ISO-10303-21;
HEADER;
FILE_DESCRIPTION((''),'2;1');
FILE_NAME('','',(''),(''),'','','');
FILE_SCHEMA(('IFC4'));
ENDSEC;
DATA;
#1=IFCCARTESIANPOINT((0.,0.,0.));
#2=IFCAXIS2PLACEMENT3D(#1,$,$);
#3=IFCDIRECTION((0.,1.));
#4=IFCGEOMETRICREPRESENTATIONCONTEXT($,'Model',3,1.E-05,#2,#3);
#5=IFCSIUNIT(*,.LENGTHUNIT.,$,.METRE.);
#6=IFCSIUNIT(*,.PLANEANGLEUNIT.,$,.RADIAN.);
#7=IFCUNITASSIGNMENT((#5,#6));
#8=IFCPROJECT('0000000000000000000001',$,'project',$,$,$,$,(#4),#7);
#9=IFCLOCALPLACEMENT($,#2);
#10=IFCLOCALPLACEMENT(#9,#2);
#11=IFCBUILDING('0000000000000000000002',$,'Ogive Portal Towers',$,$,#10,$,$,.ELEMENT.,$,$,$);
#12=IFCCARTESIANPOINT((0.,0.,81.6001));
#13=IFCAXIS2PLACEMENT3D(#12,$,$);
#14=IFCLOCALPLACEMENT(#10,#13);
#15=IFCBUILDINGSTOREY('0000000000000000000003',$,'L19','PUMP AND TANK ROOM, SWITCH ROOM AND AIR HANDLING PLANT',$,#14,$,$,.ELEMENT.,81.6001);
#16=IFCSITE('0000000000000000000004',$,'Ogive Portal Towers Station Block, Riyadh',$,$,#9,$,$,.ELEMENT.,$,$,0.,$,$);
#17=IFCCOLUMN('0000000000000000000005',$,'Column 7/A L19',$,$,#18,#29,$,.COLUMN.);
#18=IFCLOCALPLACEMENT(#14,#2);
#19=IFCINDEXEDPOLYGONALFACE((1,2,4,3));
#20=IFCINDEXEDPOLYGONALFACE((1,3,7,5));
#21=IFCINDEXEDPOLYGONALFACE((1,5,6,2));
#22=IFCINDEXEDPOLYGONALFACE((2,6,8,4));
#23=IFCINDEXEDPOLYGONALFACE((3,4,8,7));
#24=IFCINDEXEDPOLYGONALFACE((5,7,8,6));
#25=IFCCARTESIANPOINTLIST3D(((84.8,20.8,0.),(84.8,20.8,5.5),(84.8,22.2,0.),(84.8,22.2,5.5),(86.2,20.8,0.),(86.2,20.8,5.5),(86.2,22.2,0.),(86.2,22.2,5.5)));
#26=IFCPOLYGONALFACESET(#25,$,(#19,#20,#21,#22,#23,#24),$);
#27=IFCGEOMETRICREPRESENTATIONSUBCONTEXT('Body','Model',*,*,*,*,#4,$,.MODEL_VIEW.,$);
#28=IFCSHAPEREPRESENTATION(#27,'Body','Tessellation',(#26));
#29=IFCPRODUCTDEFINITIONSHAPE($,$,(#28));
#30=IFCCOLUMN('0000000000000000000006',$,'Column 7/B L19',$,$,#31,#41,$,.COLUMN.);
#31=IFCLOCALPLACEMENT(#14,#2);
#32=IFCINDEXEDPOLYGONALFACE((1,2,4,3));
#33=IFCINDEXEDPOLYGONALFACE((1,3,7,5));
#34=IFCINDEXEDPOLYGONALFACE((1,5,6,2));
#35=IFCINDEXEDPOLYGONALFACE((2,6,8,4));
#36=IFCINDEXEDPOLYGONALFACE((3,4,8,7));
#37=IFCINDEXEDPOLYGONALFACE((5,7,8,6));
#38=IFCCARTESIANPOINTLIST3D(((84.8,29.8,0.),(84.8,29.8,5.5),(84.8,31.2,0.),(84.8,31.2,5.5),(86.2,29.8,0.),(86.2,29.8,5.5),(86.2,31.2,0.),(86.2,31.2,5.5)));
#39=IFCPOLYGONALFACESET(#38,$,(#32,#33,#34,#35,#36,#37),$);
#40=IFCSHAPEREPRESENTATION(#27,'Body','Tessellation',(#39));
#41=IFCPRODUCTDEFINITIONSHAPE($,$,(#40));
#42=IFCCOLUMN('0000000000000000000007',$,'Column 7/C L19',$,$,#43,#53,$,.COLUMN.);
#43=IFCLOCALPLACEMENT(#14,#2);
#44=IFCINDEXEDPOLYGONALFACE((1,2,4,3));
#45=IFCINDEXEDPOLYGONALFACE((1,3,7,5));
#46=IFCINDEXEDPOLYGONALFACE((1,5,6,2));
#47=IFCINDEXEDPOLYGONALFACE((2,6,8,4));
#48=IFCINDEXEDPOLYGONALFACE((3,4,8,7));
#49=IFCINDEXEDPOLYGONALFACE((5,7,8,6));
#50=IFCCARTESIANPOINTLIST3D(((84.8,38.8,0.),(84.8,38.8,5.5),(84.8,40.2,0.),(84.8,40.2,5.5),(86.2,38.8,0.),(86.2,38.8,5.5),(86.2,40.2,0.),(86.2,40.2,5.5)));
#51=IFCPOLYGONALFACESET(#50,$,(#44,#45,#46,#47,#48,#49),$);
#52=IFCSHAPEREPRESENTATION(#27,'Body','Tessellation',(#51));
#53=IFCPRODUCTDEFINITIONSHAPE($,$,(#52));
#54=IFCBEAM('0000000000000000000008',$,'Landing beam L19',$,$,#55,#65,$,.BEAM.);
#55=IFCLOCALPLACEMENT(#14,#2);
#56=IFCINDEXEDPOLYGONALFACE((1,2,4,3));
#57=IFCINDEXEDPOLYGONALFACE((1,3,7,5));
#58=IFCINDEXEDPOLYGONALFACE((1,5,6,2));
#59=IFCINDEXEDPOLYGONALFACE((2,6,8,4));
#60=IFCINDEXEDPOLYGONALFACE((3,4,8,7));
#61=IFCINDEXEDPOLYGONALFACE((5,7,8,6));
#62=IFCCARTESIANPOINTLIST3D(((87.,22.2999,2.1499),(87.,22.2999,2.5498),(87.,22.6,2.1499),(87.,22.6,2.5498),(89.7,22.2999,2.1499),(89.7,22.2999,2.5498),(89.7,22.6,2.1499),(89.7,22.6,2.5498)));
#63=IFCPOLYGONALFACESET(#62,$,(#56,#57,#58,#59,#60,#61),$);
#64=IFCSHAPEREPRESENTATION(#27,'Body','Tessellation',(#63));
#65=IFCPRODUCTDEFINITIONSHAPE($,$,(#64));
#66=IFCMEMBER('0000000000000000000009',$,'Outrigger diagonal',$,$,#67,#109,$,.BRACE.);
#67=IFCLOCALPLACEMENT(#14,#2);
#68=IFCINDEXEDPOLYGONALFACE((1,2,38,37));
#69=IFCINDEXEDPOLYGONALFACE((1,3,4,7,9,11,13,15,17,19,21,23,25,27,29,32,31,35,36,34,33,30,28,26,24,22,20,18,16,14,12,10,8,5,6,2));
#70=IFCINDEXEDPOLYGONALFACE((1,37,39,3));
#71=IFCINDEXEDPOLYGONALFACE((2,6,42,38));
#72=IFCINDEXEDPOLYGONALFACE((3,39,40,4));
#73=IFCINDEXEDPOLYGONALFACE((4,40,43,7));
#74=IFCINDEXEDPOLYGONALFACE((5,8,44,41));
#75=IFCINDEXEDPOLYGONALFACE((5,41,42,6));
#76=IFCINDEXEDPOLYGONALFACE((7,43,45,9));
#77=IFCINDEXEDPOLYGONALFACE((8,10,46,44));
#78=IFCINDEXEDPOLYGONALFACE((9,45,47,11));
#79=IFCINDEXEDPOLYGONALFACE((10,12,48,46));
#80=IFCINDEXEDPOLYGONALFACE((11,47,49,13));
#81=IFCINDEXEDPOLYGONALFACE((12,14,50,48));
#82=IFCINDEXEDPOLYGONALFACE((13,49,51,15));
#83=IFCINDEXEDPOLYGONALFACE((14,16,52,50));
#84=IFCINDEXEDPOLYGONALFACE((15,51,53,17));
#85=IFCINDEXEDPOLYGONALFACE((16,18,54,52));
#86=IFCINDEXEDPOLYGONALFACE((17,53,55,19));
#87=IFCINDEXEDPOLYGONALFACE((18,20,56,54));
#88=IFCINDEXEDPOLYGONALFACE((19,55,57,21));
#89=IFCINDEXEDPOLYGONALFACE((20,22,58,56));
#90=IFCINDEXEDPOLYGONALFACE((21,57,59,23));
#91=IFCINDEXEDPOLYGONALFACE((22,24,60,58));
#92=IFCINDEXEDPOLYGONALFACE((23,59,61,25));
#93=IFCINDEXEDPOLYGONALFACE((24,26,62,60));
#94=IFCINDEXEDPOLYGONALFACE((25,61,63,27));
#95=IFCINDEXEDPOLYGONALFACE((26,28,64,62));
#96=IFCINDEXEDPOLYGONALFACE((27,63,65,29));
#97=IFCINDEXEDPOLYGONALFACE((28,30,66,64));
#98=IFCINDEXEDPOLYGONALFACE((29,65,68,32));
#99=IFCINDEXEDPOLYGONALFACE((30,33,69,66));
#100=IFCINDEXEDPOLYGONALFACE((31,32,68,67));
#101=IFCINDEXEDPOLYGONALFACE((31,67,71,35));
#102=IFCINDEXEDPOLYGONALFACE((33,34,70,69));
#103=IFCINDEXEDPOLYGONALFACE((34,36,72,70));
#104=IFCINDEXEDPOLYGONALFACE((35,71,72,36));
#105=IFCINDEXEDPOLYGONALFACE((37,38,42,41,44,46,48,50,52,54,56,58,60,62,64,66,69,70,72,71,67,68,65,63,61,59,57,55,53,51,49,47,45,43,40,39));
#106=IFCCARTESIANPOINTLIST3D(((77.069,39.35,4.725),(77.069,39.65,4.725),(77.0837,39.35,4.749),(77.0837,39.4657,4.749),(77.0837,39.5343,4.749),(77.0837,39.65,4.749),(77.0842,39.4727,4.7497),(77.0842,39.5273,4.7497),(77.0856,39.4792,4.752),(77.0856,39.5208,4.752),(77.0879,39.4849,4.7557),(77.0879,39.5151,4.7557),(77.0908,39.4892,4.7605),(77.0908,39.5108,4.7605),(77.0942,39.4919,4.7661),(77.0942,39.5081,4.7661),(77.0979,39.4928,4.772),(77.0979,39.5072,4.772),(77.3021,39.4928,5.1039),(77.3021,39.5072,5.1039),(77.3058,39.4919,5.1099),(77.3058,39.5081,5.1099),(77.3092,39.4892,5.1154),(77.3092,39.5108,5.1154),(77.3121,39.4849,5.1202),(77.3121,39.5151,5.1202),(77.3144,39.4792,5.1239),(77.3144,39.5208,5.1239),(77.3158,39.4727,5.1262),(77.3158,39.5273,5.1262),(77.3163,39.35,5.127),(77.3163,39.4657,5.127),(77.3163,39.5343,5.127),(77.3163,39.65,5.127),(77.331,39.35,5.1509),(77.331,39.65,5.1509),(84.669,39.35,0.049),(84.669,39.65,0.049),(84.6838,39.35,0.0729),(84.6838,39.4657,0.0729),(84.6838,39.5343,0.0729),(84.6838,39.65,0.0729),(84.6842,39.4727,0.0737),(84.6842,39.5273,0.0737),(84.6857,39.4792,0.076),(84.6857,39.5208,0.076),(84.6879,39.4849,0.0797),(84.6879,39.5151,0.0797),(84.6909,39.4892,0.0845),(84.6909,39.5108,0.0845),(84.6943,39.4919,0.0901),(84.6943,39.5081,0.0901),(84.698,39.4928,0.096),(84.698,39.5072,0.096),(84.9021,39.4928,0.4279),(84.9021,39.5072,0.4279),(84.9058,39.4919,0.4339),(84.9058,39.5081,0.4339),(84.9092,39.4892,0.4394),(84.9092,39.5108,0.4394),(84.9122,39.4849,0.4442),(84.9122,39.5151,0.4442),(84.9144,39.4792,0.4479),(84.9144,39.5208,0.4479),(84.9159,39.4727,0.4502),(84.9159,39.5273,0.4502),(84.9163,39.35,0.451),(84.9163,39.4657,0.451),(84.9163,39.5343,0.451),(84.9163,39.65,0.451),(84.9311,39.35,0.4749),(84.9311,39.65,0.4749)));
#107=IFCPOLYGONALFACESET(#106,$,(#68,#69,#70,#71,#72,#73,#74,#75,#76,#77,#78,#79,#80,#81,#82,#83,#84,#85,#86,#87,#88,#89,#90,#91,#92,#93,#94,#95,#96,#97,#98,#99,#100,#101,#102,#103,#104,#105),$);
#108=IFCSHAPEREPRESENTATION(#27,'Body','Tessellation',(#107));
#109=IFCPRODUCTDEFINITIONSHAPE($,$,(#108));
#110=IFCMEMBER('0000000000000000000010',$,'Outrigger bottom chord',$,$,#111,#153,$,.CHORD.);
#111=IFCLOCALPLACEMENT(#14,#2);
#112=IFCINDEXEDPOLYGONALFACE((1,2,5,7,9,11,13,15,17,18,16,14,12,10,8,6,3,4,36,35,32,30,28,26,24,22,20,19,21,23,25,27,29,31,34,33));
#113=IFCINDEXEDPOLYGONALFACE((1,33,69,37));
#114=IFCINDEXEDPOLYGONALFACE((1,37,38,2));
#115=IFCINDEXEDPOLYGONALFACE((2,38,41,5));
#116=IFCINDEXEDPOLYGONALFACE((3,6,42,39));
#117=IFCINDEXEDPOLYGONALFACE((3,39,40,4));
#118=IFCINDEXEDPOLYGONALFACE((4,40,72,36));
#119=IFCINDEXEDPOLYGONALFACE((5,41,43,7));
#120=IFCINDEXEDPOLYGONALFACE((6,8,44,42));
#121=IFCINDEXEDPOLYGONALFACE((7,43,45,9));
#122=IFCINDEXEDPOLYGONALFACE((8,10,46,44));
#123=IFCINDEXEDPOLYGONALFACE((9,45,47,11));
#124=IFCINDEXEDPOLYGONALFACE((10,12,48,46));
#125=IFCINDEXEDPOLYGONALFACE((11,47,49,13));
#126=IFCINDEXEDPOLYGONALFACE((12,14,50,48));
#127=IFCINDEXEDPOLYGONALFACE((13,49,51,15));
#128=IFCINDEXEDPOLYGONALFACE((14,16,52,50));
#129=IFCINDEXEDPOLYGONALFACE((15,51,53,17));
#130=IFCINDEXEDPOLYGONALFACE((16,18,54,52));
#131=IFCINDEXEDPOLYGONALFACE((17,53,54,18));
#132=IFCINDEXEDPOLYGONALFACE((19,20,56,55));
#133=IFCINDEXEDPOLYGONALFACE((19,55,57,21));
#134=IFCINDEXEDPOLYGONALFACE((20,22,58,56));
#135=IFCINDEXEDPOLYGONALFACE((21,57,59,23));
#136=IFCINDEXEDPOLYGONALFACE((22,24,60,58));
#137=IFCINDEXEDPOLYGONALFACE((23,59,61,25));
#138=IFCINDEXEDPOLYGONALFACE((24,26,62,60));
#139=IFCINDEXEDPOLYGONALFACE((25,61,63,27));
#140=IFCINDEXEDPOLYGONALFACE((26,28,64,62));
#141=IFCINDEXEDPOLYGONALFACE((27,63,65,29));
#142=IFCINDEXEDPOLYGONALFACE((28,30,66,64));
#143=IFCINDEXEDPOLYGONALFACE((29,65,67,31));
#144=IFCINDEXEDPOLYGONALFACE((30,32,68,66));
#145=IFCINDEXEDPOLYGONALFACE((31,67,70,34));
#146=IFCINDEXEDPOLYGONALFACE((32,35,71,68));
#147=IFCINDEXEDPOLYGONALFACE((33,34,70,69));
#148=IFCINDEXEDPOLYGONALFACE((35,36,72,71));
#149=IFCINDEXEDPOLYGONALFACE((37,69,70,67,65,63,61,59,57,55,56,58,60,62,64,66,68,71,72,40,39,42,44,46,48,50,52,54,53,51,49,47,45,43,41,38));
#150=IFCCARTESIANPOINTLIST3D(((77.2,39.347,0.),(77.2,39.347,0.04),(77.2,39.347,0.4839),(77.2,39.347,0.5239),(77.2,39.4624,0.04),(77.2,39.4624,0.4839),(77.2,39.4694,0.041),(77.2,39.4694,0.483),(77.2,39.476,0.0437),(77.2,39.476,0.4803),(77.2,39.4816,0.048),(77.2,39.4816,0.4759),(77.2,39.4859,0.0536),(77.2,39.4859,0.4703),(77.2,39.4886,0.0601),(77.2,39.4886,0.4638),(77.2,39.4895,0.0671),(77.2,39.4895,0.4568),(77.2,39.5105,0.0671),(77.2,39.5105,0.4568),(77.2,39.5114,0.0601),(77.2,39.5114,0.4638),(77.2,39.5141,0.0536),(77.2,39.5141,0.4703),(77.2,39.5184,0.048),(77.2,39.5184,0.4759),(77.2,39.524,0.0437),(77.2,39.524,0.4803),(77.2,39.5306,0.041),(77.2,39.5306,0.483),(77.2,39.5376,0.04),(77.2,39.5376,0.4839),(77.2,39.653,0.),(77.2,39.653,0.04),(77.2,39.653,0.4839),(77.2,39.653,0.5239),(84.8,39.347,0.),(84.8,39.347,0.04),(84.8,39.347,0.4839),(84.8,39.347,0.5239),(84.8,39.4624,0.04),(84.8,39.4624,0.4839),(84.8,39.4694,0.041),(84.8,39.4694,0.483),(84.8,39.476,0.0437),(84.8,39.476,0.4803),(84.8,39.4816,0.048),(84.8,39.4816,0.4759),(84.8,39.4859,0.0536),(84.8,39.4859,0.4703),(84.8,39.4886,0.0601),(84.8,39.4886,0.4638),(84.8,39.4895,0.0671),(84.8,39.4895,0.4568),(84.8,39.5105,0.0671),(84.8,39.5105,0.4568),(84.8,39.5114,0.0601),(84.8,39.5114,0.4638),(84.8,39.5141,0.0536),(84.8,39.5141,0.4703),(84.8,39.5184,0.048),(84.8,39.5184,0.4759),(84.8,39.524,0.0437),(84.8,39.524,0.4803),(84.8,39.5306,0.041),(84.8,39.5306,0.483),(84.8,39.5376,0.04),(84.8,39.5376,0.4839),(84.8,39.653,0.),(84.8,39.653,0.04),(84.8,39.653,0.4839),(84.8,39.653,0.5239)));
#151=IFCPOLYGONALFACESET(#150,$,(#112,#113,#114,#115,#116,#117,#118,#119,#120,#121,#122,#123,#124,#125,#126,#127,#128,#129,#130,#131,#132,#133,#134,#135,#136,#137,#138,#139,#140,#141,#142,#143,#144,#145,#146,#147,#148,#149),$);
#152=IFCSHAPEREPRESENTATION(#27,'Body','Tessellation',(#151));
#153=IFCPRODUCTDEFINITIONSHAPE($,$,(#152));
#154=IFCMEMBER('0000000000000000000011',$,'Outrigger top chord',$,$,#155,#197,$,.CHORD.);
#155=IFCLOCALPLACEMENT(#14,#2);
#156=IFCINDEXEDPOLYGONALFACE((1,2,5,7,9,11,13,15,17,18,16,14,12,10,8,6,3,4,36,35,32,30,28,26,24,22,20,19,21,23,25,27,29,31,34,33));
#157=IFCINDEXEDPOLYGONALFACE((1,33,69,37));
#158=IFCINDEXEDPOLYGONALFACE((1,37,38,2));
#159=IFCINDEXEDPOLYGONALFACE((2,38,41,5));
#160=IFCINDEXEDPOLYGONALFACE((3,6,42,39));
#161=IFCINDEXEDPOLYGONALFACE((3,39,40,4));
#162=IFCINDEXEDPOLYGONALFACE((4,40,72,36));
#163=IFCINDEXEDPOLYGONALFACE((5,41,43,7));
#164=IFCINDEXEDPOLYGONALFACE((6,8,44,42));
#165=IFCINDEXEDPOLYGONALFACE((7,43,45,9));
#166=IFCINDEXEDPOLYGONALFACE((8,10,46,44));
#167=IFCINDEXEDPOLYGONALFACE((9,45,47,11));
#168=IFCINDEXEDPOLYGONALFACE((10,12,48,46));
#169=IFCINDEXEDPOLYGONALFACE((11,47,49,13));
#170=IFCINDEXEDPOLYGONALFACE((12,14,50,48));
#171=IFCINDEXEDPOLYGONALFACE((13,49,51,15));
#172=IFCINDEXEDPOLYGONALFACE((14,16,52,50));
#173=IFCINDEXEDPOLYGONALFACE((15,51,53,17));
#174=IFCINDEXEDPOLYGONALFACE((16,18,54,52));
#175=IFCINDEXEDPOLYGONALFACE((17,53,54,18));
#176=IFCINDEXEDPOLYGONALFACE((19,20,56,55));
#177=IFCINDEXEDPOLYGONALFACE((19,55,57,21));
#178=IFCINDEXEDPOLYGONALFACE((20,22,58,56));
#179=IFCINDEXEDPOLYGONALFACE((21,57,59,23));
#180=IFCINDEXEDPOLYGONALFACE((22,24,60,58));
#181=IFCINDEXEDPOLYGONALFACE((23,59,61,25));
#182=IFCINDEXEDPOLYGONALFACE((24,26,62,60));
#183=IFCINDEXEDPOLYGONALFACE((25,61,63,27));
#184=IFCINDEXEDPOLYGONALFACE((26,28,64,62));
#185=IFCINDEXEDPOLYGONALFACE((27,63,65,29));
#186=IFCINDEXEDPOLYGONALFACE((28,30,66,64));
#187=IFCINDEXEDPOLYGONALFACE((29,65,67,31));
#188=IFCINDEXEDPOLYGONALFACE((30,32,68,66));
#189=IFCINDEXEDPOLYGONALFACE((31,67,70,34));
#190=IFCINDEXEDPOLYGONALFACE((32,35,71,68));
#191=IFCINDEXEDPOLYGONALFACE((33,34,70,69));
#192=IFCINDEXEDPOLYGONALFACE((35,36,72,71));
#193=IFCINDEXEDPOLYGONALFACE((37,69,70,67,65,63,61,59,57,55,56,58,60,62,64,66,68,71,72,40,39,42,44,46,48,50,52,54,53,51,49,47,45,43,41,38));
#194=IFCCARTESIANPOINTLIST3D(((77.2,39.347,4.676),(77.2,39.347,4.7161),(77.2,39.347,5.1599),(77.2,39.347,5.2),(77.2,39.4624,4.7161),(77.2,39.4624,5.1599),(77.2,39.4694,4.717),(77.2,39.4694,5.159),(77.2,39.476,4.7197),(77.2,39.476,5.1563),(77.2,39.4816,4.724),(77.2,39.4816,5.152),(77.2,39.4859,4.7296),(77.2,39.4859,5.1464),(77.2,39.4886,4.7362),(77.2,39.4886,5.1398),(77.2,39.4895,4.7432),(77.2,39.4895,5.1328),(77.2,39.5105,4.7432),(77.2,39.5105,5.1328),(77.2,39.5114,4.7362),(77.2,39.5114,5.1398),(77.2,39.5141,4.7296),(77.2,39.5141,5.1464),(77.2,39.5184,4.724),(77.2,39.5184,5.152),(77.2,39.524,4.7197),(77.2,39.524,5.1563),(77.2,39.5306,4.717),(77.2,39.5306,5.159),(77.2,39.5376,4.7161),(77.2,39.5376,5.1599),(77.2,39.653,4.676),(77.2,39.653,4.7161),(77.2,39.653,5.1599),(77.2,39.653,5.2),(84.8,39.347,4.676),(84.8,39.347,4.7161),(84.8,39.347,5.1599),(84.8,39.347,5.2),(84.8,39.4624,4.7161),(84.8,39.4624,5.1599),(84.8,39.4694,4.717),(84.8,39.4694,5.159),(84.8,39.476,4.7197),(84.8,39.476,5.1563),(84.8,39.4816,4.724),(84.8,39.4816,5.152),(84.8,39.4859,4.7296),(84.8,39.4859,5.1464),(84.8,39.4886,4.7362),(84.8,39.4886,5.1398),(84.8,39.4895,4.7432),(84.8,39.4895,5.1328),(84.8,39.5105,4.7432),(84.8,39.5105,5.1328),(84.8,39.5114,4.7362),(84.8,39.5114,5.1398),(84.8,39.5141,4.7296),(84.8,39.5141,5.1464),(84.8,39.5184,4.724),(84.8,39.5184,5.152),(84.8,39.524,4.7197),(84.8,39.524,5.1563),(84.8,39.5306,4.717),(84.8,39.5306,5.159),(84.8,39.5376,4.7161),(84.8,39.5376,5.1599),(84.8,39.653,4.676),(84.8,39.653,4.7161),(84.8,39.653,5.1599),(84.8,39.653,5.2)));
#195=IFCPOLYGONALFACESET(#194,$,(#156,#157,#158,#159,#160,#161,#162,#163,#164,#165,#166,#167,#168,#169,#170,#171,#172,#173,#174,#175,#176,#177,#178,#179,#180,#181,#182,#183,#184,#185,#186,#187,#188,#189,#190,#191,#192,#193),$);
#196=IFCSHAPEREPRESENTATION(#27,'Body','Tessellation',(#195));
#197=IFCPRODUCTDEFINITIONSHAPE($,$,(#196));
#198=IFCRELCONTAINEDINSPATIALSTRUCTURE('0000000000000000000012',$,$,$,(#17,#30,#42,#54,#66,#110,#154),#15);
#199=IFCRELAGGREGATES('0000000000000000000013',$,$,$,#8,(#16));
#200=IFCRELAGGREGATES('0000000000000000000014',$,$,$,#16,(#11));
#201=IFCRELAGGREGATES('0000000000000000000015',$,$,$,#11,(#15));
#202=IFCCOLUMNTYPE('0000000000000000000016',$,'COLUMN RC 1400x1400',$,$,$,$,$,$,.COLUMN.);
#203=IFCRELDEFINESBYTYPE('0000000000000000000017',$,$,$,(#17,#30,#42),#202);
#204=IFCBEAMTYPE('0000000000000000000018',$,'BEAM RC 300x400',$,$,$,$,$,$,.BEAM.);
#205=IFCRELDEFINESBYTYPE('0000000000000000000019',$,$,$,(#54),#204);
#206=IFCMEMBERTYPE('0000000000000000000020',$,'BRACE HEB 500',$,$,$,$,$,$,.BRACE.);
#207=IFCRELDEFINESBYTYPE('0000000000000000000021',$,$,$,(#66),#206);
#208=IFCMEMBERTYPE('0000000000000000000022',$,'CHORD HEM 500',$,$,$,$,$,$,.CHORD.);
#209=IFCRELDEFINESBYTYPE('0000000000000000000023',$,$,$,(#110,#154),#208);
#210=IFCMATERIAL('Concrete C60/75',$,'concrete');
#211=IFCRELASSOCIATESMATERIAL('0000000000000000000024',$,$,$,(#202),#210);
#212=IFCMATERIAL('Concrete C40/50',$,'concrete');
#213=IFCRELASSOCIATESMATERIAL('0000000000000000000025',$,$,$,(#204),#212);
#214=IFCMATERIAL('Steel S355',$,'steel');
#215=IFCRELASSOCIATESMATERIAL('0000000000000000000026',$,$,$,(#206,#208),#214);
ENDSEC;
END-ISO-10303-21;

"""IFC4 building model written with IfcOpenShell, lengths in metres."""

from ifc_helpers import new_model, si_unit, direction, frame, origin, origin_2d, place, context, subcontext, project, spatial, rectangle, i_section, extrude, material, material_profile, profile_set, type_object, element, save


model = new_model("IFC4")

# Units and contexts
model_context = context("Model", 3, precision=1e-05, world=origin(), true_north=direction((0.0, 1.0)))
body_context = subcontext(model_context, "Body", "Model", "MODEL_VIEW")
ifc_project = project(units=[si_unit("LENGTHUNIT", "METRE"), si_unit("PLANEANGLEUNIT", "RADIAN")], contexts=[model_context])

# Site, building, storey
site_placement = place(None, origin())
site = spatial("IfcSite", under=ifc_project, at=site_placement, Name="Ogive Portal Towers Station Block, Riyadh", CompositionType="ELEMENT", RefElevation=0.0)
building_placement = place(site_placement, origin())
building = spatial("IfcBuilding", under=site, at=building_placement, Name="Ogive Portal Towers", CompositionType="ELEMENT")
storey_placement = place(building_placement, frame((0.0, 0.0, 81.6001)))
storey = spatial("IfcBuildingStorey", under=building, at=storey_placement, Name="L19", Description="PUMP AND TANK ROOM, SWITCH ROOM AND AIR HANDLING PLANT", CompositionType="ELEMENT", Elevation=81.6001)

# Columns
ifc_material_1 = material(Name="Concrete C60/75", Category="concrete")
ifc_material_profile_1 = material_profile(ifc_material_1, rectangle(XDim=1.3999, YDim=1.3999, at=origin_2d()), Name="RC 1400x1400")
ifc_profile_set_1 = profile_set([ifc_material_profile_1], Name="Concrete C60/75")
column_type = type_object("IfcColumnType", Name="COLUMN RC 1400x1400", PredefinedType="COLUMN", material=ifc_profile_set_1)
for number, where, z_axis, x_axis, name in (
    (1, (85.5, 21.5, 0.0), (0.0, 0.0, 1.0), (1.0, 0.0, 0.0), "Column 7/A L19"),
    (2, (85.5, 30.5, 0.0), (0.0, 0.0, 1.0), (1.0, 0.0, 0.0), "Column 7/B L19"),
    (3, (85.5, 39.5, 0.0), (0.0, 0.0, 1.0), (1.0, 0.0, 0.0), "Column 7/C L19"),
):
    element("IfcColumn", number, at=place(storey_placement, frame(where, z_axis=z_axis, x_axis=x_axis)), inside=storey, type_object=column_type, Name=name, PredefinedType="COLUMN", context=body_context, shape_type="SweptSolid", body=[
        extrude(rectangle(XDim=1.3999, YDim=1.3999, at=origin_2d()), origin(), (0.0, 0.0, 1.0), 5.5),
    ])

# Beam
ifc_material_2 = material(Name="Concrete C40/50", Category="concrete")
ifc_material_profile_2 = material_profile(ifc_material_2, rectangle(XDim=0.3, YDim=0.3999, at=origin_2d()), Name="RC 300x400")
ifc_profile_set_2 = profile_set([ifc_material_profile_2], Name="Concrete C40/50")
beam_type = type_object("IfcBeamType", Name="BEAM RC 300x400", PredefinedType="BEAM", material=ifc_profile_set_2)
beam_placement = place(storey_placement, frame((87.0, 22.45, 2.3499), z_axis=(1.0, 0.0, 0.0), x_axis=(0.0, 1.0, 0.0)))
element("IfcBeam", 4, at=beam_placement, inside=storey, type_object=beam_type, Name="Landing beam L19", PredefinedType="BEAM", context=body_context, shape_type="SweptSolid", body=[
    extrude(rectangle(XDim=0.3, YDim=0.3999, at=origin_2d()), origin(), (0.0, 0.0, 1.0), 2.7),
])

# Members
ifc_material_3 = material(Name="Steel S355", Category="steel")
ifc_material_profile_3 = material_profile(ifc_material_3, i_section(OverallWidth=0.3, OverallDepth=0.5, WebThickness=0.0144, FlangeThickness=0.0281, FilletRadius=0.0271, at=origin_2d()), Name="HEB 500")
ifc_profile_set_3 = profile_set([ifc_material_profile_3], Name="Steel S355")
member_type_1 = type_object("IfcMemberType", Name="BRACE HEB 500", PredefinedType="BRACE", material=ifc_profile_set_3)
member_placement = place(storey_placement, frame((84.8, 39.5, 0.262), z_axis=(-0.851706, 0.0, 0.52402), x_axis=(0.0, -1.0, 0.0)))
element("IfcMember", 5, at=member_placement, inside=storey, type_object=member_type_1, Name="Outrigger diagonal", PredefinedType="BRACE", context=body_context, shape_type="SweptSolid", body=[
    extrude(i_section(OverallWidth=0.3, OverallDepth=0.5, WebThickness=0.0144, FlangeThickness=0.0281, FilletRadius=0.0271, at=origin_2d()), origin(), (0.0, 0.0, 1.0), 8.9233),
])
ifc_material_profile_4 = material_profile(ifc_material_3, i_section(OverallWidth=0.3059, OverallDepth=0.5239, WebThickness=0.021, FlangeThickness=0.04, FilletRadius=0.0271, at=origin_2d()), Name="HEM 500")
ifc_profile_set_4 = profile_set([ifc_material_profile_4], Name="Steel S355")
member_type_2 = type_object("IfcMemberType", Name="CHORD HEM 500", PredefinedType="CHORD", material=ifc_profile_set_4)
for number, where, z_axis, x_axis, name in (
    (6, (84.8, 39.5, 0.262), (-1.0, 0.0, 0.0), (0.0, -1.0, 0.0), "Outrigger bottom chord"),
    (7, (84.8, 39.5, 4.938), (-1.0, 0.0, 0.0), (0.0, -1.0, 0.0), "Outrigger top chord"),
):
    element("IfcMember", number, at=place(storey_placement, frame(where, z_axis=z_axis, x_axis=x_axis)), inside=storey, type_object=member_type_2, Name=name, PredefinedType="CHORD", context=body_context, shape_type="SweptSolid", body=[
        extrude(i_section(OverallWidth=0.3059, OverallDepth=0.5239, WebThickness=0.021, FlangeThickness=0.04, FilletRadius=0.0271, at=origin_2d()), origin(), (0.0, 0.0, 1.0), 7.6001),
    ])

save(model, "model.ifc")
